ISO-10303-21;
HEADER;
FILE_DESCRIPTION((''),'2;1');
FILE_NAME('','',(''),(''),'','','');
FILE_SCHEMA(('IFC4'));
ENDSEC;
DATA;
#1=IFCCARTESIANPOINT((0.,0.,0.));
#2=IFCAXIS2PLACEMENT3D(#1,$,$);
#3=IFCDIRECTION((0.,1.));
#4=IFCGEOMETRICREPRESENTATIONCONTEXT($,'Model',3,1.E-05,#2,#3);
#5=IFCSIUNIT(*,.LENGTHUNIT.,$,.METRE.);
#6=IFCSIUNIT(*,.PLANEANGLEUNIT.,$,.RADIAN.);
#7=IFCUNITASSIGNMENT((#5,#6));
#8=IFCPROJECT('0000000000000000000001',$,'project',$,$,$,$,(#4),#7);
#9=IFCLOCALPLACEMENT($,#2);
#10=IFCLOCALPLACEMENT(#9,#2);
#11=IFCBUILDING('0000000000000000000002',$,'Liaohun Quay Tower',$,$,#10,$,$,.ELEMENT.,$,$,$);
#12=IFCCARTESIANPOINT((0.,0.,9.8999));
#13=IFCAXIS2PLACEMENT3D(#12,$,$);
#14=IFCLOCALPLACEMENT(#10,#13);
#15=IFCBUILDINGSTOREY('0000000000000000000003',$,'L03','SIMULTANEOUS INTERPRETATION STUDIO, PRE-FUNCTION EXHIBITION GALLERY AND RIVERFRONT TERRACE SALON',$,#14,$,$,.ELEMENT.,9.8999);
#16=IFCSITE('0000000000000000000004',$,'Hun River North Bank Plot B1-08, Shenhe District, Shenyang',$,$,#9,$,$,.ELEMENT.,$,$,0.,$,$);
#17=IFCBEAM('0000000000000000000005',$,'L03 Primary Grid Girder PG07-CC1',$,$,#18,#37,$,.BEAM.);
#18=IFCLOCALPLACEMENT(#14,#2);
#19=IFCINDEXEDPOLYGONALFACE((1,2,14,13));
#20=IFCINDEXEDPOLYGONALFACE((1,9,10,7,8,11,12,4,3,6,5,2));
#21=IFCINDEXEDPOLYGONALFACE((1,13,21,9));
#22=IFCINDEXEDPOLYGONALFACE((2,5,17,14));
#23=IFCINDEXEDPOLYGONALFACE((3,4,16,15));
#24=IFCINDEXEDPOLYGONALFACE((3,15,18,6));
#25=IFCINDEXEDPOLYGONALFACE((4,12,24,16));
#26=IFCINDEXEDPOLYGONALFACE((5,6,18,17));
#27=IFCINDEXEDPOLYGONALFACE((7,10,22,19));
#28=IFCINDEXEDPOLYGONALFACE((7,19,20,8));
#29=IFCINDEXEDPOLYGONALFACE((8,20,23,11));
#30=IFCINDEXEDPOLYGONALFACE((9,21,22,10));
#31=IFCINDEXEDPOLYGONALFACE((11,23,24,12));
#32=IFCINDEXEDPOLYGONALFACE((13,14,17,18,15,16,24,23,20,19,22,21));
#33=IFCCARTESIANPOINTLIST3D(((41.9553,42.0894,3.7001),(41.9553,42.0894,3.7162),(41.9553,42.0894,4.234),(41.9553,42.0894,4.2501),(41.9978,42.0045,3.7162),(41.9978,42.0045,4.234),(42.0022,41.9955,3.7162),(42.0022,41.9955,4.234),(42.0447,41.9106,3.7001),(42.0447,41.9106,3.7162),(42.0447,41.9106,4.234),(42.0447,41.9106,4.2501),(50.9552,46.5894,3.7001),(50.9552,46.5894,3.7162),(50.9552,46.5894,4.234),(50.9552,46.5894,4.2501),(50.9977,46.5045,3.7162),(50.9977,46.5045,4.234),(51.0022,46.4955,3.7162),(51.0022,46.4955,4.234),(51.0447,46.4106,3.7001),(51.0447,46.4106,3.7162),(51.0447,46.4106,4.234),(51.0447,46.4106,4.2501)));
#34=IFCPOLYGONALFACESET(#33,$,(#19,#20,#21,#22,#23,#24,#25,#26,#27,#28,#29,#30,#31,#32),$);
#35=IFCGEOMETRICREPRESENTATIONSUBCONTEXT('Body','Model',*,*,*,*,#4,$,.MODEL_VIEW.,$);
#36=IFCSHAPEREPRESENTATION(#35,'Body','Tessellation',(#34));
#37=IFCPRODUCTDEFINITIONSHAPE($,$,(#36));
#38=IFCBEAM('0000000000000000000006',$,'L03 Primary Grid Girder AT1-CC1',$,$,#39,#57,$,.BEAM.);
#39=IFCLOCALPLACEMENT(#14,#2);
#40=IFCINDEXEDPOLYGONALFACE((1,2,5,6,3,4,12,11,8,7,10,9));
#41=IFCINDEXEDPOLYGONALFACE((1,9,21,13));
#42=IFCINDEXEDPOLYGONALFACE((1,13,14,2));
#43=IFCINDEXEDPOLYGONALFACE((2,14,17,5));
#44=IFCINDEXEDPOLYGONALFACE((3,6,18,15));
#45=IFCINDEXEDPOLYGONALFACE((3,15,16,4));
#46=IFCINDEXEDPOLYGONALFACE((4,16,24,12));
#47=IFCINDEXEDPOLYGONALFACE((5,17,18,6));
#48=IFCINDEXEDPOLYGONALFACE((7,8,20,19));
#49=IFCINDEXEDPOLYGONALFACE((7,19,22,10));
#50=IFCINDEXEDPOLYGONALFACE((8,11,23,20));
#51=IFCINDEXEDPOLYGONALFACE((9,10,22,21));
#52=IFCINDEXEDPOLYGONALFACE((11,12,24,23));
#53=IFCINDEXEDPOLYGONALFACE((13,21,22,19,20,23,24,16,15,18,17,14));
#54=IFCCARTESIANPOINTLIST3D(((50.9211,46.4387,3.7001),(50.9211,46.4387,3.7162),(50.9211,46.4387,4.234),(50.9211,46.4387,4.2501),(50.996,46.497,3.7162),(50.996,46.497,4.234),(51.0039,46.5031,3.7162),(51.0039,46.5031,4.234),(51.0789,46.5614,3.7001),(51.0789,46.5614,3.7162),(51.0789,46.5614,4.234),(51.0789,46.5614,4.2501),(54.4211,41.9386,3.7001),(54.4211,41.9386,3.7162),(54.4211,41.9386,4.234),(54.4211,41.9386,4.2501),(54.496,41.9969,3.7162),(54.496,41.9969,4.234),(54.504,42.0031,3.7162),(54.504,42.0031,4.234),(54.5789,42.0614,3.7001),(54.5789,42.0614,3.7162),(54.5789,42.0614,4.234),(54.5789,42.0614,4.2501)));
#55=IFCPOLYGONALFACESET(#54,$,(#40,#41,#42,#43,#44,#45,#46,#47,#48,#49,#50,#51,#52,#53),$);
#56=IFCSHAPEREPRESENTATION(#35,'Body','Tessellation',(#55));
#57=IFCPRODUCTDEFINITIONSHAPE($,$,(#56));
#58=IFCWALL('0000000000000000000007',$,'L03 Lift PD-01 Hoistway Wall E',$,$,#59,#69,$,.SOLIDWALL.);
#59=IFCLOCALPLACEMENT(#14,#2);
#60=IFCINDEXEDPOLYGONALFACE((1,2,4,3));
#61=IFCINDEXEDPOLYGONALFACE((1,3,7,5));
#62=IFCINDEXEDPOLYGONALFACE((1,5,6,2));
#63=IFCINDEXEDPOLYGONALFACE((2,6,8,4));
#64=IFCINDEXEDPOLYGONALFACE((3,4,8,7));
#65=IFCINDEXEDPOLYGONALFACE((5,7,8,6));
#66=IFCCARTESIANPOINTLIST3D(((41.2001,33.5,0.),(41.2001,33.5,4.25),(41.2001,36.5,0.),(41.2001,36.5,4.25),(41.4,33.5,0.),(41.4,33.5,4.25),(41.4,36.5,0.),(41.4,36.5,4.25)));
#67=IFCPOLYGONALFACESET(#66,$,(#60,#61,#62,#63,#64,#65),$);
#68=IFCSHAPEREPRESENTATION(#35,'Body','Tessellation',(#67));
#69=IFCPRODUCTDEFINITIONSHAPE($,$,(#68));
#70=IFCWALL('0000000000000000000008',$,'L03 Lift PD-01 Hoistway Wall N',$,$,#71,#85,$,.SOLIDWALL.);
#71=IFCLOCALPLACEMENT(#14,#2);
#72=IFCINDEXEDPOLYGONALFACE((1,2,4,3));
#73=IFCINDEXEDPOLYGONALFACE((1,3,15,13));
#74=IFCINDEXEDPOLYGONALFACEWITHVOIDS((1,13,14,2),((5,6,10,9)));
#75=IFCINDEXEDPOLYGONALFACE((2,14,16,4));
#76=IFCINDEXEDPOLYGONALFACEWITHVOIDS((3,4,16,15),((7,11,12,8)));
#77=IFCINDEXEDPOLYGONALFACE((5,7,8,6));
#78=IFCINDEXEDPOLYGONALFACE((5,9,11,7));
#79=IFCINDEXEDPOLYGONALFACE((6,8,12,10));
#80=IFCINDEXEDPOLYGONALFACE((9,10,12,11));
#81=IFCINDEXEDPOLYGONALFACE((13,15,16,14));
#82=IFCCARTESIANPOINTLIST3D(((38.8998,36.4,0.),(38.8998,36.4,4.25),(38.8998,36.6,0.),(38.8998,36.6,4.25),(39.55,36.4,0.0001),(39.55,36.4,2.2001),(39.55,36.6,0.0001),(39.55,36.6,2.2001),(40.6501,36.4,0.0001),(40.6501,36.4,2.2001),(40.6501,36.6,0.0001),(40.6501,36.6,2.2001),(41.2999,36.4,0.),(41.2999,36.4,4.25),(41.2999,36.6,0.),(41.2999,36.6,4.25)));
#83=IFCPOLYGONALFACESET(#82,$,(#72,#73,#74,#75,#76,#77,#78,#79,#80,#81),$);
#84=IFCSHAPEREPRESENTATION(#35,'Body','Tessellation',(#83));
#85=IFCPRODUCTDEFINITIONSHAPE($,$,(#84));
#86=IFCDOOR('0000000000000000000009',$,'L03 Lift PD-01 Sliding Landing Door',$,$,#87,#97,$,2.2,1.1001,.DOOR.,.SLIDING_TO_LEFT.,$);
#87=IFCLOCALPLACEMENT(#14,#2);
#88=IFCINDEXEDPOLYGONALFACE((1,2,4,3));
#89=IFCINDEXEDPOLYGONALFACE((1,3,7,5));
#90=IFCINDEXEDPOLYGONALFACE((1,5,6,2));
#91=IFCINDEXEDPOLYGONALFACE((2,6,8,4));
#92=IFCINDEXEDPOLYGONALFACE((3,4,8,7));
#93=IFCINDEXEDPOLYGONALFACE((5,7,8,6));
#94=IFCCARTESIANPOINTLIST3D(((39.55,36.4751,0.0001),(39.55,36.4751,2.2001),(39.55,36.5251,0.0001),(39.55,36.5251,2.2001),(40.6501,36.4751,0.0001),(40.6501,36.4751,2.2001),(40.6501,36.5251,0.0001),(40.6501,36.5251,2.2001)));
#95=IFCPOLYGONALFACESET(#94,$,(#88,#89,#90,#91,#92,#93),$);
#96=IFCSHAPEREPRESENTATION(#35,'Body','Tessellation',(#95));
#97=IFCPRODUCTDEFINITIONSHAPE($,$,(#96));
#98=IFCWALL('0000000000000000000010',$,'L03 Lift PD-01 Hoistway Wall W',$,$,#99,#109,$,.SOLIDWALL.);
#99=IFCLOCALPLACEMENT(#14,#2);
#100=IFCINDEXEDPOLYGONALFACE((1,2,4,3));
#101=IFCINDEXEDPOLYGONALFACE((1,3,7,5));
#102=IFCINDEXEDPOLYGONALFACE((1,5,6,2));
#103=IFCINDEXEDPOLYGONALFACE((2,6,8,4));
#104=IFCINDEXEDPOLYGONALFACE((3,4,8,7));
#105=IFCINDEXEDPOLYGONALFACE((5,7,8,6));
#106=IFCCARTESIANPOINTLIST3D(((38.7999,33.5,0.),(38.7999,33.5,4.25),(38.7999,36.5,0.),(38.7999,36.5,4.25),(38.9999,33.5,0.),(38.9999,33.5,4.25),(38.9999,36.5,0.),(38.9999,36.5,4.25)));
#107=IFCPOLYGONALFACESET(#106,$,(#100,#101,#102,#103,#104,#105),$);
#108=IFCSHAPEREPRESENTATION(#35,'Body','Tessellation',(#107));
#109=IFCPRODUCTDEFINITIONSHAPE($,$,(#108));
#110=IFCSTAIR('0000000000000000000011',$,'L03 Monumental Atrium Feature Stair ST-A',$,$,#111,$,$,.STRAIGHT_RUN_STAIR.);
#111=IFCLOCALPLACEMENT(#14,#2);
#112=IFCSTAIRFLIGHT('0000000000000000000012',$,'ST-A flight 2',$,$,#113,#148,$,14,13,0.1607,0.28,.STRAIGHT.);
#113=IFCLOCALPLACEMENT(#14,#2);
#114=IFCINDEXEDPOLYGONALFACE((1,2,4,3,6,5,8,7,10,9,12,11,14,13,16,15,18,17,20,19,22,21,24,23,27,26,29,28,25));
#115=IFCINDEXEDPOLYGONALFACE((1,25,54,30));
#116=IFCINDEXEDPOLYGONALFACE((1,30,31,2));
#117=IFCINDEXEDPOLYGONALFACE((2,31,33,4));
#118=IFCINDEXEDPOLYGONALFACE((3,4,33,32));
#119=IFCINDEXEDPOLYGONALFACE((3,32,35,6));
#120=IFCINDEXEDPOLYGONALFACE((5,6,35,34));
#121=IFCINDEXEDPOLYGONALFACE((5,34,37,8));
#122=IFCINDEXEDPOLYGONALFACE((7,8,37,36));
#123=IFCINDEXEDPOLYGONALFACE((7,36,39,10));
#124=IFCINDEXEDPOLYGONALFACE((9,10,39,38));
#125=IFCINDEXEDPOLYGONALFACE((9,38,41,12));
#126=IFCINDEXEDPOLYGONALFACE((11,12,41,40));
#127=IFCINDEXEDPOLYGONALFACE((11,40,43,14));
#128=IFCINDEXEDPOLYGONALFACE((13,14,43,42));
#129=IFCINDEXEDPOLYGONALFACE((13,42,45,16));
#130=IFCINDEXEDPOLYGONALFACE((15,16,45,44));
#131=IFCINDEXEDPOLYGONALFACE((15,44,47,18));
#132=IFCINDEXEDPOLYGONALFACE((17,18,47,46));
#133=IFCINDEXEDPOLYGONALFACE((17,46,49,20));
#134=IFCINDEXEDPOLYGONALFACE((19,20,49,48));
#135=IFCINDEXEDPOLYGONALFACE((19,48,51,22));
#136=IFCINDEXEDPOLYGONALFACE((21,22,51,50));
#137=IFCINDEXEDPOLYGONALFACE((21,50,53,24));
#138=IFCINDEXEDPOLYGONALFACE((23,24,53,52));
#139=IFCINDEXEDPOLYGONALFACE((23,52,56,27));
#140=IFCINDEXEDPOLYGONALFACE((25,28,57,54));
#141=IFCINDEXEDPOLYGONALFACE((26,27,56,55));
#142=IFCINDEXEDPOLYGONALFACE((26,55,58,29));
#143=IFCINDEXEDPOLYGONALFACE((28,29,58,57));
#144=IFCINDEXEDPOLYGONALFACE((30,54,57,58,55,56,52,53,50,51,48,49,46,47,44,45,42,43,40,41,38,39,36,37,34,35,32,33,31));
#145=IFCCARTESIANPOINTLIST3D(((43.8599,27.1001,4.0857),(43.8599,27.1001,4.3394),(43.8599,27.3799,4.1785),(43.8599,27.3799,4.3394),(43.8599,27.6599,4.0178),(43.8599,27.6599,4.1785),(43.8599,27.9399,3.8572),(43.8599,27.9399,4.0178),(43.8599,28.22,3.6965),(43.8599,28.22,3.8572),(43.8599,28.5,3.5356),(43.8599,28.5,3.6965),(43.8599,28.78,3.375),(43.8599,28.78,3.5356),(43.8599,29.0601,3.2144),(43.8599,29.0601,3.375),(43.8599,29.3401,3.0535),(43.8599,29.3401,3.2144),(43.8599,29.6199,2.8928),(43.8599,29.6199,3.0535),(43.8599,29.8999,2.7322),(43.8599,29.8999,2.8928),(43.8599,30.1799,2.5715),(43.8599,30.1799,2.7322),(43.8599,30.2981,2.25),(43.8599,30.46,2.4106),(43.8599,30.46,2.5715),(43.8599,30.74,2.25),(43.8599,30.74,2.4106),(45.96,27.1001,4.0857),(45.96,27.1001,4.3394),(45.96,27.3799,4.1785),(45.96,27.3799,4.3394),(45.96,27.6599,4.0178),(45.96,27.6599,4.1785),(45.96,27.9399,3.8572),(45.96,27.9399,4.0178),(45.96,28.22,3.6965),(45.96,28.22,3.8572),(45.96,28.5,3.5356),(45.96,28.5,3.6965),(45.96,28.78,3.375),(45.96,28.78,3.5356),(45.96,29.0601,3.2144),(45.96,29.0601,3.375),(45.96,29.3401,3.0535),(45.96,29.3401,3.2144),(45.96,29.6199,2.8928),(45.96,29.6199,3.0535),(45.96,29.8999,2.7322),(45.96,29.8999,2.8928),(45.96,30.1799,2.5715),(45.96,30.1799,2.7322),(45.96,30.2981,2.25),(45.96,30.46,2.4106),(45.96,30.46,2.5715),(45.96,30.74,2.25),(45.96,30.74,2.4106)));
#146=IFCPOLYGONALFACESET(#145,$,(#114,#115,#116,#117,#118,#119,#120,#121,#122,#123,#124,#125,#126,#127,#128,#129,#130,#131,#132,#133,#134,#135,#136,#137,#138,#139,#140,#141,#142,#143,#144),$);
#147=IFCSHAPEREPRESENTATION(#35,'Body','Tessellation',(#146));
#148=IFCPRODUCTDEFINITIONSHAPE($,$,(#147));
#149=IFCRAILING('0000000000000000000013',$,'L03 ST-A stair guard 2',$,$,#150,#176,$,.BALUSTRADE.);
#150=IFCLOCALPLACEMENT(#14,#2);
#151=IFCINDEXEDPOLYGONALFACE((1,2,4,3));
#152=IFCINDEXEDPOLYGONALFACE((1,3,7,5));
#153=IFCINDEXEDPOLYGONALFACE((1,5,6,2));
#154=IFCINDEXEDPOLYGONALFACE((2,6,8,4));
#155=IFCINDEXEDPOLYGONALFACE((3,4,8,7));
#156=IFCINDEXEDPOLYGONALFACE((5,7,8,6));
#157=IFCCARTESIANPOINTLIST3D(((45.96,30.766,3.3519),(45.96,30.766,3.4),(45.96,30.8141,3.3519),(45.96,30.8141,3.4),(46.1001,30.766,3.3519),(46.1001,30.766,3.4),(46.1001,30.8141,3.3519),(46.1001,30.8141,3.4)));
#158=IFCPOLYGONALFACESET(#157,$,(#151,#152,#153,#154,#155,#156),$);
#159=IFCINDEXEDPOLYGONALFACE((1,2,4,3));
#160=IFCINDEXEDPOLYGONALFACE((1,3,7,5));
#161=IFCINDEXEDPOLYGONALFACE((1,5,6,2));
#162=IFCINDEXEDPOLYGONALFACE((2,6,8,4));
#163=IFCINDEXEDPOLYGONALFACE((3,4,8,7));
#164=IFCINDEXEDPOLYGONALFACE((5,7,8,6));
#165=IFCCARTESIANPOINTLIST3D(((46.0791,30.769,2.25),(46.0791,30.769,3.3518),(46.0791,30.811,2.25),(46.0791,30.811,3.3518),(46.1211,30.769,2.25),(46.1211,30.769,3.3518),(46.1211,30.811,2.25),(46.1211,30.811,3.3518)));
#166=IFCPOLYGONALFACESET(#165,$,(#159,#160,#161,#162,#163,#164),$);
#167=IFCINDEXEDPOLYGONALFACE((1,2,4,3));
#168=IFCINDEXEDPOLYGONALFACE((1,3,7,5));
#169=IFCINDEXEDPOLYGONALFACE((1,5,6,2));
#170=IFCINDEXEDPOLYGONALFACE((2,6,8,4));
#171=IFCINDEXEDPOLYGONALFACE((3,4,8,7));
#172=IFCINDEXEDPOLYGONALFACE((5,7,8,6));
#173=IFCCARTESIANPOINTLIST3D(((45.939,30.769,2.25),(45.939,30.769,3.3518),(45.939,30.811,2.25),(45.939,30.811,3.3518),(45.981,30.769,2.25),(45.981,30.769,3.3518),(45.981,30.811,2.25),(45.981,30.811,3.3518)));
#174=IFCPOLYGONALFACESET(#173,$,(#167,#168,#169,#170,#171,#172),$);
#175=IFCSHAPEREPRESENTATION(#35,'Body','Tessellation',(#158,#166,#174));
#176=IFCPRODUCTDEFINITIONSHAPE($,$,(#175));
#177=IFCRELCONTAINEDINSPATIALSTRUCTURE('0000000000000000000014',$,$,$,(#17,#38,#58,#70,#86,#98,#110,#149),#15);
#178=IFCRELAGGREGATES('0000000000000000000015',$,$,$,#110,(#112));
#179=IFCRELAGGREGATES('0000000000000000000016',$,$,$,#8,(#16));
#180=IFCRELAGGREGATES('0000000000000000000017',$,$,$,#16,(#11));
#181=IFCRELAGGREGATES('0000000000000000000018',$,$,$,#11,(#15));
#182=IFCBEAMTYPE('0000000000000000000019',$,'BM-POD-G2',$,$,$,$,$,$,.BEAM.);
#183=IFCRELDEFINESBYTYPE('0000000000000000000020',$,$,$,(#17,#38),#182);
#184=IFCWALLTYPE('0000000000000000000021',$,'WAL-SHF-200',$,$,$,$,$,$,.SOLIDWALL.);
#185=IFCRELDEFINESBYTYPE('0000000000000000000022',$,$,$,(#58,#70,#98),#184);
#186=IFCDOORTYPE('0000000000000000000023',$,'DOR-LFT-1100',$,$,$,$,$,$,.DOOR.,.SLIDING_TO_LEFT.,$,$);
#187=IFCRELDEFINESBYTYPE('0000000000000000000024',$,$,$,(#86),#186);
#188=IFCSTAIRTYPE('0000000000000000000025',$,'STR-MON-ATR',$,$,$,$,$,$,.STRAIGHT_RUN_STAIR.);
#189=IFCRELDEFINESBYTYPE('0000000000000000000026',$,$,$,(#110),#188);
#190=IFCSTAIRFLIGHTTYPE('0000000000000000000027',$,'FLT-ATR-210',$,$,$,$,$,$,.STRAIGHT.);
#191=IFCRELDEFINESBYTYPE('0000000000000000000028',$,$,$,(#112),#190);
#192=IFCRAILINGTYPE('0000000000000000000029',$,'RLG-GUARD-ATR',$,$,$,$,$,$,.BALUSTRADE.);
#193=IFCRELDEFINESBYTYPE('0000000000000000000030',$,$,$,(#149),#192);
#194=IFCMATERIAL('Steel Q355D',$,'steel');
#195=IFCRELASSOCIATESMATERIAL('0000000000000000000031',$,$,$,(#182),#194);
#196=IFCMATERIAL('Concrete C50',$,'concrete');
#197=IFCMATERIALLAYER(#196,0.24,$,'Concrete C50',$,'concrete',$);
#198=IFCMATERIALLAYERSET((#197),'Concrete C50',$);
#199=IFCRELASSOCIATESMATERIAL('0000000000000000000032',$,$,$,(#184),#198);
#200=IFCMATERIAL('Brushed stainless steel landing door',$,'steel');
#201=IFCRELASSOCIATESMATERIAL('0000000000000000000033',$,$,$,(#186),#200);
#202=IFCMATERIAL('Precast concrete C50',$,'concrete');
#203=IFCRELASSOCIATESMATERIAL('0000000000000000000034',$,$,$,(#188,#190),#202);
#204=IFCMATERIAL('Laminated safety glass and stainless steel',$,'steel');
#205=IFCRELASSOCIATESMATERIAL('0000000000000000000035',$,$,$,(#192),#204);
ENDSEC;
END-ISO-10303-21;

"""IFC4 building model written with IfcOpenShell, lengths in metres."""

from ifc_helpers import new_model, si_unit, direction, frame, frame_2d, origin, origin_2d, place, context, subcontext, project, spatial, polyline, rectangle, i_section, outline, extrude, source, transform, mapped, material, layer, layer_set, material_profile, profile_set, type_object, element, fill, aggregate, save


model = new_model("IFC4")

# Units and contexts
model_context = context("Model", 3, precision=1e-05, world=origin(), true_north=direction((0.0, 1.0)))
body_context = subcontext(model_context, "Body", "Model", "MODEL_VIEW")
ifc_project = project(units=[si_unit("LENGTHUNIT", "METRE"), si_unit("PLANEANGLEUNIT", "RADIAN")], contexts=[model_context])

# Site, building, storey
site_placement = place(None, origin())
site = spatial("IfcSite", under=ifc_project, at=site_placement, Name="Hun River North Bank Plot B1-08, Shenhe District, Shenyang", CompositionType="ELEMENT", RefElevation=0.0)
building_placement = place(site_placement, origin())
building = spatial("IfcBuilding", under=site, at=building_placement, Name="Liaohun Quay Tower", CompositionType="ELEMENT")
storey_placement = place(building_placement, frame((0.0, 0.0, 9.8999)))
storey = spatial("IfcBuildingStorey", under=building, at=storey_placement, Name="L03", Description="SIMULTANEOUS INTERPRETATION STUDIO, PRE-FUNCTION EXHIBITION GALLERY AND RIVERFRONT TERRACE SALON", CompositionType="ELEMENT", Elevation=9.8999)

# Shared definitions
ifc_material_1 = material(Name="Steel Q355D", Category="steel")

# Beams
ifc_material_profile_1 = material_profile(ifc_material_1, i_section(OverallWidth=0.2, OverallDepth=0.55, WebThickness=0.01, FlangeThickness=0.0161, at=origin_2d()), Name="HN550x200x10x16")
ifc_profile_set_1 = profile_set([ifc_material_profile_1], Name="Steel Q355D")
beam_type_1 = type_object("IfcBeamType", Name="BM-POD-G2", PredefinedType="BEAM", material=ifc_profile_set_1)
shared_shape_1 = source(origin(), body_context, "Body", "SweptSolid", [
    extrude(i_section(OverallWidth=0.2, OverallDepth=0.55, WebThickness=0.01, FlangeThickness=0.0161, at=origin_2d()), origin(), (0.0, 0.0, 1.0), 10.0623),
])
beam_1_placement = place(storey_placement, frame((42.0, 42.0, 3.9751), z_axis=(0.894427, 0.447214, 0.0), x_axis=(-0.447214, 0.894427, 0.0)))
element("IfcBeam", 1, at=beam_1_placement, inside=storey, type_object=beam_type_1, Name="L03 Primary Grid Girder PG07-CC1", PredefinedType="BEAM", context=body_context, shape_type="MappedRepresentation", body=[
    mapped(shared_shape_1, transform((0.0, 0.0, 0.0), x_axis=(1.0, 0.0, 0.0), y_axis=(0.0, 1.0, 0.0), z_axis=(0.0, 0.0, 1.0), scale=1.0)),
])
shared_shape_2 = source(origin(), body_context, "Body", "SweptSolid", [
    extrude(i_section(OverallWidth=0.2, OverallDepth=0.55, WebThickness=0.01, FlangeThickness=0.0161, at=origin_2d()), origin(), (0.0, 0.0, 1.0), 5.7009),
])
beam_2_placement = place(storey_placement, frame((54.5, 42.0, 3.9751), z_axis=(-0.613941, 0.789352, 0.0), x_axis=(-0.789352, -0.613941, 0.0)))
element("IfcBeam", 2, at=beam_2_placement, inside=storey, type_object=beam_type_1, Name="L03 Primary Grid Girder AT1-CC1", PredefinedType="BEAM", context=body_context, shape_type="MappedRepresentation", body=[
    mapped(shared_shape_2, transform((0.0, 0.0, 0.0), x_axis=(1.0, 0.0, 0.0), y_axis=(0.0, 1.0, 0.0), z_axis=(0.0, 0.0, 1.0), scale=1.0)),
])

# Wall
ifc_material_2 = material(Name="Concrete C50", Category="concrete")
ifc_layer = layer(ifc_material_2, 0.24, Name="Concrete C50", Category="concrete")
ifc_layer_set = layer_set([ifc_layer], Name="Concrete C50")
wall_type = type_object("IfcWallType", Name="WAL-SHF-200", PredefinedType="SOLIDWALL", material=ifc_layer_set)
wall_1_placement = place(storey_placement, frame((41.3, 33.5, 0.0), z_axis=(0.0, 0.0, 1.0), x_axis=(0.0, 1.0, 0.0)))
element("IfcWall", 3, at=wall_1_placement, inside=storey, type_object=wall_type, Name="L03 Lift PD-01 Hoistway Wall E", PredefinedType="SOLIDWALL", context=body_context, shape_type="SweptSolid", body=[
    extrude(rectangle(XDim=3.0, YDim=0.2, at=frame_2d((1.5, 0.0))), origin(), (0.0, 0.0, 1.0), 4.25),
])

# Wall, opening, door
wall_2_placement = place(storey_placement, frame((41.3, 36.5, 0.0), z_axis=(0.0, 0.0, 1.0), x_axis=(-1.0, 0.0, 0.0)))
wall_2 = element("IfcWall", 4, at=wall_2_placement, inside=storey, type_object=wall_type, Name="L03 Lift PD-01 Hoistway Wall N", PredefinedType="SOLIDWALL", context=body_context, shape_type="SweptSolid", body=[
    extrude(rectangle(XDim=2.4001, YDim=0.2, at=frame_2d((1.2002, 0.0))), origin(), (0.0, 0.0, 1.0), 4.25),
])
shared_shape_3 = source(origin(), body_context, "Body", "SweptSolid", [
    extrude(rectangle(XDim=1.1001, YDim=2.2, at=frame_2d((0.55, 1.1001))), frame((0.0, 0.1099, 0.0), z_axis=(0.0, -1.0, 0.0), x_axis=(1.0, 0.0, 0.0)), (0.0, 0.0, 1.0), 0.22),
])
opening_placement = place(wall_2_placement, frame((0.6499, 0.0, 0.0)))
opening = element("IfcOpeningElement", 5, at=opening_placement, cuts=wall_2, PredefinedType="OPENING", context=body_context, shape_type="MappedRepresentation", body=[
    mapped(shared_shape_3, transform((0.0, 0.0, 0.0), x_axis=(1.0, 0.0, 0.0), y_axis=(0.0, 1.0, 0.0), z_axis=(0.0, 0.0, 1.0), scale=1.0)),
])
ifc_material_3 = material(Name="Brushed stainless steel landing door", Category="steel")
door_type = type_object("IfcDoorType", Name="DOR-LFT-1100", OperationType="SLIDING_TO_LEFT", PredefinedType="DOOR", material=ifc_material_3)
shared_shape_4 = source(origin(), body_context, "Body", "SweptSolid", [
    extrude(rectangle(XDim=1.1001, YDim=2.2, at=frame_2d((0.55, 1.1001))), frame((0.0, 0.0249, 0.0), z_axis=(0.0, -1.0, 0.0), x_axis=(1.0, 0.0, 0.0)), (0.0, 0.0, 1.0), 0.05),
])
door_placement = place(opening_placement, origin())
door = element("IfcDoor", 6, at=door_placement, inside=storey, type_object=door_type, Name="L03 Lift PD-01 Sliding Landing Door", OperationType="SLIDING_TO_LEFT", OverallHeight=2.2, OverallWidth=1.1001, PredefinedType="DOOR", context=body_context, shape_type="MappedRepresentation", body=[
    mapped(shared_shape_4, transform((0.0, 0.0, 0.0), x_axis=(1.0, 0.0, 0.0), y_axis=(0.0, 1.0, 0.0), z_axis=(0.0, 0.0, 1.0), scale=1.0)),
])
fill(opening, door)

# Wall
wall_3_placement = place(storey_placement, frame((38.8999, 36.5, 0.0), z_axis=(0.0, 0.0, 1.0), x_axis=(0.0, -1.0, 0.0)))
element("IfcWall", 7, at=wall_3_placement, inside=storey, type_object=wall_type, Name="L03 Lift PD-01 Hoistway Wall W", PredefinedType="SOLIDWALL", context=body_context, shape_type="SweptSolid", body=[
    extrude(rectangle(XDim=3.0, YDim=0.2, at=frame_2d((1.5, 0.0))), origin(), (0.0, 0.0, 1.0), 4.25),
])

# Stair, stair flight
ifc_material_4 = material(Name="Precast concrete C50", Category="concrete")
stair_type = type_object("IfcStairType", Name="STR-MON-ATR", PredefinedType="STRAIGHT_RUN_STAIR", material=ifc_material_4)
stair_placement = place(storey_placement, origin())
stair = element("IfcStair", 8, at=stair_placement, inside=storey, type_object=stair_type, Name="L03 Monumental Atrium Feature Stair ST-A", PredefinedType="STRAIGHT_RUN_STAIR")
stair_flight_type = type_object("IfcStairFlightType", Name="FLT-ATR-210", PredefinedType="STRAIGHT", material=ifc_material_4)
stair_flight_placement = place(storey_placement, frame((44.9099, 30.74, 2.25), z_axis=(0.0, 0.0, 1.0), x_axis=(0.0, -1.0, 0.0)))
stair_flight = element("IfcStairFlight", 9, at=stair_flight_placement, type_object=stair_flight_type, Name="ST-A flight 2", NumberOfRisers=14, NumberOfTreads=13, PredefinedType="STRAIGHT", RiserHeight=0.1607, TreadLength=0.28, context=body_context, shape_type="SweptSolid", body=[
    extrude(outline(polyline([(0.0, 0.0), (0.0, 0.1606), (0.28, 0.1606), (0.28, 0.3215), (0.5601, 0.3215), (0.5601, 0.4822), (0.8401, 0.4822), (0.8401, 0.6428), (1.1201, 0.6428), (1.1201, 0.8035), (1.3999, 0.8035), (1.3999, 0.9644), (1.6799, 0.9644), (1.6799, 1.125), (1.96, 1.125), (1.96, 1.2856), (2.24, 1.2856), (2.24, 1.4465), (2.52, 1.4465), (2.52, 1.6072), (2.8, 1.6072), (2.8, 1.7678), (3.0801, 1.7678), (3.0801, 1.9285), (3.3601, 1.9285), (3.3601, 2.0894), (3.6399, 2.0894), (3.6399, 2.25), (3.6399, 1.8357), (0.4419, 0.0), (0.0, 0.0)])), frame((0.0, 1.05, 0.0), z_axis=(0.0, -1.0, 0.0), x_axis=(1.0, 0.0, 0.0)), (0.0, 0.0, 1.0), 2.1001),
])
aggregate(stair, [stair_flight])

# Railing
ifc_material_5 = material(Name="Laminated safety glass and stainless steel", Category="steel")
railing_type_1 = type_object("IfcRailingType", Name="RLG-GUARD-ATR", PredefinedType="BALUSTRADE", material=ifc_material_5)
railing_1_placement = place(storey_placement, frame((46.1001, 30.79, 2.25)))
element("IfcRailing", 10, at=railing_1_placement, inside=storey, type_object=railing_type_1, Name="L03 ST-A stair guard 2", PredefinedType="BALUSTRADE", context=body_context, shape_type="SweptSolid", body=[
    extrude(rectangle(XDim=0.0481, YDim=0.0481, at=origin_2d()), frame((0.0, 0.0, 1.126), z_axis=(-1.0, 0.0, 0.0), x_axis=(0.0, -1.0, 0.0)), (0.0, 0.0, 1.0), 0.1401),
    extrude(rectangle(XDim=0.042, YDim=0.042, at=origin_2d()), origin(), (0.0, 0.0, 1.0), 1.1018),
    extrude(rectangle(XDim=0.042, YDim=0.042, at=origin_2d()), frame((-0.1401, 0.0, 0.0)), (0.0, 0.0, 1.0), 1.1018),
])

save(model, "model.ifc")
